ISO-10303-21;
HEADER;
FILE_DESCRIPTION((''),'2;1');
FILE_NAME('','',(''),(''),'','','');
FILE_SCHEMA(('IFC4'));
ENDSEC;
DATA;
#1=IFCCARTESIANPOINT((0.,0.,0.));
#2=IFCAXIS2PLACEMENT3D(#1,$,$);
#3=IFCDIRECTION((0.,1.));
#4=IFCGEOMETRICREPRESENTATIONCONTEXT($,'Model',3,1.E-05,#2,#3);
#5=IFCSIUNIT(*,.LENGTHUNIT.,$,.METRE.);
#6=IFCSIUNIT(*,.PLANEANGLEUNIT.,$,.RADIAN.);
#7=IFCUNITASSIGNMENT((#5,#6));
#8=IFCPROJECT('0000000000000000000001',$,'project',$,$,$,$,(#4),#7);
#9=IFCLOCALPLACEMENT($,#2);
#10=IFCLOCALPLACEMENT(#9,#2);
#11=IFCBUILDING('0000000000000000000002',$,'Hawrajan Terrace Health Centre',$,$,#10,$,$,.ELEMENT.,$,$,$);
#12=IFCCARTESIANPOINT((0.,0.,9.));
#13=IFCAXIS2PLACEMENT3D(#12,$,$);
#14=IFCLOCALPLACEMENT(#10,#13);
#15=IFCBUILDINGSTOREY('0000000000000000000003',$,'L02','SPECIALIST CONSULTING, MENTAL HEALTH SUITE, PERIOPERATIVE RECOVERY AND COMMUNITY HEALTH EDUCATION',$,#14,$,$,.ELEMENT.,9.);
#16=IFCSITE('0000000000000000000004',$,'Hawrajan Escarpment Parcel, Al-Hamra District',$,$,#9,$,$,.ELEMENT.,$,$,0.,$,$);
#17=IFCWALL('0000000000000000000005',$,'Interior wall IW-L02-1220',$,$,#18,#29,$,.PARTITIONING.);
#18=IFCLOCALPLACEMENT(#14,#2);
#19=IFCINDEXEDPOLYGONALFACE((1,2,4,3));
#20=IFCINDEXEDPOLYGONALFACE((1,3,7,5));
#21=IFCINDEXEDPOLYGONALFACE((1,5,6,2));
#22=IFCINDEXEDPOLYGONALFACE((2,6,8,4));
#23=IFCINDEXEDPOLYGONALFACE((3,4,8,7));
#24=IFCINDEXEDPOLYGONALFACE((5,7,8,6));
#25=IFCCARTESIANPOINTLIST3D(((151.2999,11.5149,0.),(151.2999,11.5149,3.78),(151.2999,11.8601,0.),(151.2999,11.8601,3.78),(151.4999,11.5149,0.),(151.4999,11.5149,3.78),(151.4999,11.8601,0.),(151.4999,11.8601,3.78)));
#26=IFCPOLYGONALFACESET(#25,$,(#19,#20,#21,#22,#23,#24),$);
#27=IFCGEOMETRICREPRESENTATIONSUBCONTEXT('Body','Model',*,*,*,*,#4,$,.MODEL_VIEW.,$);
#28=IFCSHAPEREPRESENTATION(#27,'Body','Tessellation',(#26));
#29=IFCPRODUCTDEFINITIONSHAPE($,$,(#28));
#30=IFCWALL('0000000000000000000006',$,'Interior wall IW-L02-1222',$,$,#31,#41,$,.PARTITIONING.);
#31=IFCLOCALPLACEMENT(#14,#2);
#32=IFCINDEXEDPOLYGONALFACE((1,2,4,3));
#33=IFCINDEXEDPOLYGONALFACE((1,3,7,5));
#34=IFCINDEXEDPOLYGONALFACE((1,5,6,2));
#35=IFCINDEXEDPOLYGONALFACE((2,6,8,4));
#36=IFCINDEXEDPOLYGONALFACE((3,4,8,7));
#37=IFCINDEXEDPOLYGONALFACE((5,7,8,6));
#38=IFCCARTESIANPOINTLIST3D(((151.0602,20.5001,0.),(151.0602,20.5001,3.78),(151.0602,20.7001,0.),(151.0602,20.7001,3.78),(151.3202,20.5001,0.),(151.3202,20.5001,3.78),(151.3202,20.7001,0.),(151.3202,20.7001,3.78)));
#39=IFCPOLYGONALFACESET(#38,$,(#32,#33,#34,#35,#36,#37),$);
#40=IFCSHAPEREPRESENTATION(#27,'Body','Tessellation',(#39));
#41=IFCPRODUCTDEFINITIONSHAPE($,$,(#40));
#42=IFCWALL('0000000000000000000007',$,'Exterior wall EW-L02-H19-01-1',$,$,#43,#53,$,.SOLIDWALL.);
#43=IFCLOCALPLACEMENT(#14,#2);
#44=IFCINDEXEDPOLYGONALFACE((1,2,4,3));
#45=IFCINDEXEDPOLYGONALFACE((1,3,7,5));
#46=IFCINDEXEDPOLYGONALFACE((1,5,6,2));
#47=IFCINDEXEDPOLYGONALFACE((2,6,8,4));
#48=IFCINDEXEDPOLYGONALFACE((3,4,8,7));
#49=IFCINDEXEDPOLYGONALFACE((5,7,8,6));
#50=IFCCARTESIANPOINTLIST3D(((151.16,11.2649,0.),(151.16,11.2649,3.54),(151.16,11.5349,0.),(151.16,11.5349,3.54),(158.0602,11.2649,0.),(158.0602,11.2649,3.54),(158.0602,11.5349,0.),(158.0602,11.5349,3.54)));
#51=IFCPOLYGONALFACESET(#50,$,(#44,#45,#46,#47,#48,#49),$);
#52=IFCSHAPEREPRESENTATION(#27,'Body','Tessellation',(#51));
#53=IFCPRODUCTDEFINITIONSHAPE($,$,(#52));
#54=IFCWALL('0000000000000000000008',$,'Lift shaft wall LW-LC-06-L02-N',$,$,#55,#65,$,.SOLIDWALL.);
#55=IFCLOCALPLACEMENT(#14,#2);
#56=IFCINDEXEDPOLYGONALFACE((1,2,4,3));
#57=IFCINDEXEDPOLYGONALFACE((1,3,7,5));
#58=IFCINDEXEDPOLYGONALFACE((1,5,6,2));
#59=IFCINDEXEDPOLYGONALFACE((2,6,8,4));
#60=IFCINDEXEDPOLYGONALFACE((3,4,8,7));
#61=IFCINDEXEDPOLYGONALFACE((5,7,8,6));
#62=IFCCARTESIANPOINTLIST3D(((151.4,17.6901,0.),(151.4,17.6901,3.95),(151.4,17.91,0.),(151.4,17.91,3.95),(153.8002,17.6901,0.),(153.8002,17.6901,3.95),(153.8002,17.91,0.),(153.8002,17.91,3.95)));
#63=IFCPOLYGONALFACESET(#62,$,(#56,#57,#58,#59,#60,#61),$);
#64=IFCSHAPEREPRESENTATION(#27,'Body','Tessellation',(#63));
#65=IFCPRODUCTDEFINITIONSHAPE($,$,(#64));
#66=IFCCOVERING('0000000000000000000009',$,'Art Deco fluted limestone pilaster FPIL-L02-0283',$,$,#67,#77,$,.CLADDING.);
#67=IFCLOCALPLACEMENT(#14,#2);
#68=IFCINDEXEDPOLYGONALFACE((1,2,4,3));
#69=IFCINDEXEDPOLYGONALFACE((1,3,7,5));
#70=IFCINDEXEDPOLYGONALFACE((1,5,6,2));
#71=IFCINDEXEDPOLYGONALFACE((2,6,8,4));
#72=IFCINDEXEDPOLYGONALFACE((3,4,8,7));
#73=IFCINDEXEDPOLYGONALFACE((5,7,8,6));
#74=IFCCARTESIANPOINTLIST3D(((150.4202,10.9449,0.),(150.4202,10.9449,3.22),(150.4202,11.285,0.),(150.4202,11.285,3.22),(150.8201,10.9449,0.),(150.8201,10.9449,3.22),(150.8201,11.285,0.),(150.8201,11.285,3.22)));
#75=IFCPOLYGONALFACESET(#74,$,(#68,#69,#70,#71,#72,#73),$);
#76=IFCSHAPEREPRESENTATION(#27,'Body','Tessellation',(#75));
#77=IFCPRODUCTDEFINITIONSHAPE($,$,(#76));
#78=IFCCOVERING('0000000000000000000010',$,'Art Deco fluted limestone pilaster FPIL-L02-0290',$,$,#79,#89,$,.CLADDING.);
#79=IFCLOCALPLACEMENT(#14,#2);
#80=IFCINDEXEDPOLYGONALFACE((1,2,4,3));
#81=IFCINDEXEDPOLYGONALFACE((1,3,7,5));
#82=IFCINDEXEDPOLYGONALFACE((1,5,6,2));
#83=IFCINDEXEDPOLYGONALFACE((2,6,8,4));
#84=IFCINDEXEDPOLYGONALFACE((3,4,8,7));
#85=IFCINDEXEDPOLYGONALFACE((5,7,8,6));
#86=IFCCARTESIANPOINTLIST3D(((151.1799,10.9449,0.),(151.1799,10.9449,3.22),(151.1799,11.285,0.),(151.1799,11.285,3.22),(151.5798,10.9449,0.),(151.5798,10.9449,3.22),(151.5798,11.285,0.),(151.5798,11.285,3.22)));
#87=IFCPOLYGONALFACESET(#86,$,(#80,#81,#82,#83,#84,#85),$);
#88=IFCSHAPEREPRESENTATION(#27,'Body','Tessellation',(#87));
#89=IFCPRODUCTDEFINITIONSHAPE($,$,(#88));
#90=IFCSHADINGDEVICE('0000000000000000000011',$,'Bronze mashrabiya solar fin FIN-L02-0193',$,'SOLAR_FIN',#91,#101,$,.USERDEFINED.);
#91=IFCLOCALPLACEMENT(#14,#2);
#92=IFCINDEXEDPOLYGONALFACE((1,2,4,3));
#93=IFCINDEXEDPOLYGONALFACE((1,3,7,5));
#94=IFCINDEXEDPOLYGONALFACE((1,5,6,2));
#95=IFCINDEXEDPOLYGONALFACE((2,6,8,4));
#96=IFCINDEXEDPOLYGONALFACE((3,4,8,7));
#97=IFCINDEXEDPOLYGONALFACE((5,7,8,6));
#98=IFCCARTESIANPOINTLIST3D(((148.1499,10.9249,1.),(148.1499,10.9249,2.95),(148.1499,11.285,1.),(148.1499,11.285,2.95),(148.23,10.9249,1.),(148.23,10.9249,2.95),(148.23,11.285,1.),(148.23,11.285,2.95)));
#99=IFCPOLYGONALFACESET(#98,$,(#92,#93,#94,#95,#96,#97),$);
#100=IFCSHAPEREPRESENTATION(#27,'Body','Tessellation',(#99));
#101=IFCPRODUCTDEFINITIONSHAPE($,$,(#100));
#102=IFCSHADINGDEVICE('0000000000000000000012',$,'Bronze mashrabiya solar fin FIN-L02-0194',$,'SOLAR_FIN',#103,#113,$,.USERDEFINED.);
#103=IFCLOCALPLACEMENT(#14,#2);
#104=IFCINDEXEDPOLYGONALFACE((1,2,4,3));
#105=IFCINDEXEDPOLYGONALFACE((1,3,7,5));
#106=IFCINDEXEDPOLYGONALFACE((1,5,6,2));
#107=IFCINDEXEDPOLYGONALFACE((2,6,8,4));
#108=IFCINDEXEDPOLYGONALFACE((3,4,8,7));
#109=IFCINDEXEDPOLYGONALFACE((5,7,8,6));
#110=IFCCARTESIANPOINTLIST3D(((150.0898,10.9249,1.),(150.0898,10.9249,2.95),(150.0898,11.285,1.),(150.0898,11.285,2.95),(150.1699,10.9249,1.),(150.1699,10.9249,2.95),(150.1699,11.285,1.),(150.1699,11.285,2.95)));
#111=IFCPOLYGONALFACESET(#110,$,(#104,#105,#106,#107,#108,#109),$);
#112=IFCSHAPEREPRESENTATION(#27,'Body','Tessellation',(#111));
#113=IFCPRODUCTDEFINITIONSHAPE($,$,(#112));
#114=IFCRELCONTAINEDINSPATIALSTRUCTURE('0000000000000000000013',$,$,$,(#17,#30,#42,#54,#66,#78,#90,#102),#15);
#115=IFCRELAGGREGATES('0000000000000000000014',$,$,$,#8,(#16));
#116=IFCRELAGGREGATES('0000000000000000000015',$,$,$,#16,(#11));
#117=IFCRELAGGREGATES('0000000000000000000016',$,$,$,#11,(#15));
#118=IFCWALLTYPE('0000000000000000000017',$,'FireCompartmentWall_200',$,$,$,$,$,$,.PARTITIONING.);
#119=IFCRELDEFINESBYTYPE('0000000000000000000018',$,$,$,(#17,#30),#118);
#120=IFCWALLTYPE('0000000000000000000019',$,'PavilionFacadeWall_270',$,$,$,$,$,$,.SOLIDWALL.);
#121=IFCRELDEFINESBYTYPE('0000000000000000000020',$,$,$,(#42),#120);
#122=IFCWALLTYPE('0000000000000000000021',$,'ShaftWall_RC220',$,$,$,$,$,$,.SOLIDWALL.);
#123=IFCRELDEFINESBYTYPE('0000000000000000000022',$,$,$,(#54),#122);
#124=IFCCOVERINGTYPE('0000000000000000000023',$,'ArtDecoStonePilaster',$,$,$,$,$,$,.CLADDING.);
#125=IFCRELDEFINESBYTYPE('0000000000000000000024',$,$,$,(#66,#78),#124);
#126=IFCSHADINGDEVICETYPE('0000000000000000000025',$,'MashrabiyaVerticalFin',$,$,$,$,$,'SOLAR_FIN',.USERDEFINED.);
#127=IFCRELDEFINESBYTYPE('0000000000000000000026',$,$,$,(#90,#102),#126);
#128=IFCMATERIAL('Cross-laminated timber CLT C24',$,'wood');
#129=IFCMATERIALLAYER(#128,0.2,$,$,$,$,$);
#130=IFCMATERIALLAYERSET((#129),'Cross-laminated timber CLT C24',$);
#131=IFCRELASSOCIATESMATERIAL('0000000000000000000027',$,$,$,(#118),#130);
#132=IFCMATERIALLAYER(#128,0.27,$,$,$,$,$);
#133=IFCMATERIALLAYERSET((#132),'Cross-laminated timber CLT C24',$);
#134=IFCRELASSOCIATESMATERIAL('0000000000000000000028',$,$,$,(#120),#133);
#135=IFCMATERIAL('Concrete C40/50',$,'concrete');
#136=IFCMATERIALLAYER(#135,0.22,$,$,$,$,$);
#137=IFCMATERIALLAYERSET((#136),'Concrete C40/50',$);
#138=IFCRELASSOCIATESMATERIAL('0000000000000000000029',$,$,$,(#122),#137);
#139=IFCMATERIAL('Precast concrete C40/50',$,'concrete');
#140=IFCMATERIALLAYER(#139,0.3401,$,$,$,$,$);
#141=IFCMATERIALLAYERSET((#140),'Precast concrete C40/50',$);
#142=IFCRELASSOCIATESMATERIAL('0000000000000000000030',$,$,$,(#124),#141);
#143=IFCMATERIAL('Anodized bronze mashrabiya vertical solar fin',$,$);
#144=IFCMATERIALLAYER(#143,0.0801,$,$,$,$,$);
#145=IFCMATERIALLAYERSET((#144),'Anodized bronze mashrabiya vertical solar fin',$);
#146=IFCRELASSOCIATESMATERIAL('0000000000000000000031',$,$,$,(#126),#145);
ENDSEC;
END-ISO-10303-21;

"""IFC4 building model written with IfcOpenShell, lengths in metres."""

from ifc_helpers import new_model, si_unit, direction, frame, frame_2d, origin, origin_2d, place, context, subcontext, project, spatial, rectangle, extrude, material, layer, layer_set, type_object, element, save


model = new_model("IFC4")

# Units and contexts
model_context = context("Model", 3, precision=1e-05, world=origin(), true_north=direction((0.0, 1.0)))
body_context = subcontext(model_context, "Body", "Model", "MODEL_VIEW")
ifc_project = project(units=[si_unit("LENGTHUNIT", "METRE"), si_unit("PLANEANGLEUNIT", "RADIAN")], contexts=[model_context])

# Site, building, storey
site_placement = place(None, origin())
site = spatial("IfcSite", under=ifc_project, at=site_placement, Name="Hawrajan Escarpment Parcel, Al-Hamra District", CompositionType="ELEMENT", RefElevation=0.0)
building_placement = place(site_placement, origin())
building = spatial("IfcBuilding", under=site, at=building_placement, Name="Hawrajan Terrace Health Centre", CompositionType="ELEMENT")
storey_placement = place(building_placement, frame((0.0, 0.0, 9.0)))
storey = spatial("IfcBuildingStorey", under=building, at=storey_placement, Name="L02", Description="SPECIALIST CONSULTING, MENTAL HEALTH SUITE, PERIOPERATIVE RECOVERY AND COMMUNITY HEALTH EDUCATION", CompositionType="ELEMENT", Elevation=9.0)

# Shared definitions
ifc_material_1 = material(Name="Concrete C40/50", Category="concrete")

# Walls
ifc_material_2 = material(Name="Cross-laminated timber CLT C24", Category="wood")
ifc_layer_1 = layer(ifc_material_2, 0.2)
ifc_layer_set_1 = layer_set([ifc_layer_1], Name="Cross-laminated timber CLT C24")
wall_type_1 = type_object("IfcWallType", Name="FireCompartmentWall_200", PredefinedType="PARTITIONING", material=ifc_layer_set_1)
wall_1_placement = place(storey_placement, frame((151.3999, 11.5149, 0.0), z_axis=(0.0, 0.0, 1.0), x_axis=(0.0, 1.0, 0.0)))
element("IfcWall", 1, at=wall_1_placement, inside=storey, type_object=wall_type_1, Name="Interior wall IW-L02-1220", PredefinedType="PARTITIONING", context=body_context, shape_type="SweptSolid", body=[
    extrude(rectangle(XDim=0.3452, YDim=0.2, at=frame_2d((0.1726, 0.0))), origin(), (0.0, 0.0, 1.0), 3.78),
])
wall_2_placement = place(storey_placement, frame((151.3201, 20.6001, 0.0), z_axis=(0.0, 0.0, 1.0), x_axis=(-1.0, 0.0, 0.0)))
element("IfcWall", 2, at=wall_2_placement, inside=storey, type_object=wall_type_1, Name="Interior wall IW-L02-1222", PredefinedType="PARTITIONING", context=body_context, shape_type="SweptSolid", body=[
    extrude(rectangle(XDim=0.26, YDim=0.2, at=frame_2d((0.1299, 0.0))), origin(), (0.0, 0.0, 1.0), 3.78),
])
ifc_layer_2 = layer(ifc_material_2, 0.27)
ifc_layer_set_2 = layer_set([ifc_layer_2], Name="Cross-laminated timber CLT C24")
wall_type_2 = type_object("IfcWallType", Name="PavilionFacadeWall_270", PredefinedType="SOLIDWALL", material=ifc_layer_set_2)
wall_3_placement = place(storey_placement, frame((151.1599, 11.3999, 0.0), z_axis=(0.0, 0.0, 1.0), x_axis=(1.0, 0.0, 0.0)))
element("IfcWall", 3, at=wall_3_placement, inside=storey, type_object=wall_type_2, Name="Exterior wall EW-L02-H19-01-1", PredefinedType="SOLIDWALL", context=body_context, shape_type="SweptSolid", body=[
    extrude(rectangle(XDim=6.9001, YDim=0.27, at=frame_2d((3.4502, 0.0))), origin(), (0.0, 0.0, 1.0), 3.54),
])
ifc_layer_3 = layer(ifc_material_1, 0.22)
ifc_layer_set_3 = layer_set([ifc_layer_3], Name="Concrete C40/50")
wall_type_3 = type_object("IfcWallType", Name="ShaftWall_RC220", PredefinedType="SOLIDWALL", material=ifc_layer_set_3)
wall_4_placement = place(storey_placement, frame((151.3999, 17.8, 0.0), z_axis=(0.0, 0.0, 1.0), x_axis=(1.0, 0.0, 0.0)))
element("IfcWall", 4, at=wall_4_placement, inside=storey, type_object=wall_type_3, Name="Lift shaft wall LW-LC-06-L02-N", PredefinedType="SOLIDWALL", context=body_context, shape_type="SweptSolid", body=[
    extrude(rectangle(XDim=2.4001, YDim=0.22, at=frame_2d((1.2002, 0.0))), origin(), (0.0, 0.0, 1.0), 3.95),
])

# Coverings
ifc_material_3 = material(Name="Precast concrete C40/50", Category="concrete")
ifc_layer_4 = layer(ifc_material_3, 0.3401)
ifc_layer_set_4 = layer_set([ifc_layer_4], Name="Precast concrete C40/50")
covering_type = type_object("IfcCoveringType", Name="ArtDecoStonePilaster", PredefinedType="CLADDING", material=ifc_layer_set_4)
for number, where, z_axis, x_axis, name in (
    (5, (150.6201, 11.115, 0.0), (0.0, 0.0, 1.0), (1.0, 0.0, 0.0), "Art Deco fluted limestone pilaster FPIL-L02-0283"),
    (6, (151.3799, 11.115, 0.0), (0.0, 0.0, 1.0), (1.0, 0.0, 0.0), "Art Deco fluted limestone pilaster FPIL-L02-0290"),
):
    element("IfcCovering", number, at=place(storey_placement, frame(where, z_axis=z_axis, x_axis=x_axis)), inside=storey, type_object=covering_type, Name=name, PredefinedType="CLADDING", context=body_context, shape_type="SweptSolid", body=[
        extrude(rectangle(XDim=0.3999, YDim=0.3401, at=origin_2d()), origin(), (0.0, 0.0, 1.0), 3.22),
    ])

# Shading devices
ifc_material_4 = material(Name="Anodized bronze mashrabiya vertical solar fin")
ifc_layer_5 = layer(ifc_material_4, 0.0801)
ifc_layer_set_5 = layer_set([ifc_layer_5], Name="Anodized bronze mashrabiya vertical solar fin")
shading_device_type = type_object("IfcShadingDeviceType", Name="MashrabiyaVerticalFin", ElementType="SOLAR_FIN", PredefinedType="USERDEFINED", material=ifc_layer_set_5)
for number, where, z_axis, x_axis, name in (
    (7, (148.1899, 11.105, 1.0), (0.0, 0.0, 1.0), (1.0, 0.0, 0.0), "Bronze mashrabiya solar fin FIN-L02-0193"),
    (8, (150.1299, 11.105, 1.0), (0.0, 0.0, 1.0), (1.0, 0.0, 0.0), "Bronze mashrabiya solar fin FIN-L02-0194"),
):
    element("IfcShadingDevice", number, at=place(storey_placement, frame(where, z_axis=z_axis, x_axis=x_axis)), inside=storey, type_object=shading_device_type, Name=name, ObjectType="SOLAR_FIN", PredefinedType="USERDEFINED", context=body_context, shape_type="SweptSolid", body=[
        extrude(rectangle(XDim=0.0801, YDim=0.3601, at=origin_2d()), origin(), (0.0, 0.0, 1.0), 1.95),
    ])

save(model, "model.ifc")
